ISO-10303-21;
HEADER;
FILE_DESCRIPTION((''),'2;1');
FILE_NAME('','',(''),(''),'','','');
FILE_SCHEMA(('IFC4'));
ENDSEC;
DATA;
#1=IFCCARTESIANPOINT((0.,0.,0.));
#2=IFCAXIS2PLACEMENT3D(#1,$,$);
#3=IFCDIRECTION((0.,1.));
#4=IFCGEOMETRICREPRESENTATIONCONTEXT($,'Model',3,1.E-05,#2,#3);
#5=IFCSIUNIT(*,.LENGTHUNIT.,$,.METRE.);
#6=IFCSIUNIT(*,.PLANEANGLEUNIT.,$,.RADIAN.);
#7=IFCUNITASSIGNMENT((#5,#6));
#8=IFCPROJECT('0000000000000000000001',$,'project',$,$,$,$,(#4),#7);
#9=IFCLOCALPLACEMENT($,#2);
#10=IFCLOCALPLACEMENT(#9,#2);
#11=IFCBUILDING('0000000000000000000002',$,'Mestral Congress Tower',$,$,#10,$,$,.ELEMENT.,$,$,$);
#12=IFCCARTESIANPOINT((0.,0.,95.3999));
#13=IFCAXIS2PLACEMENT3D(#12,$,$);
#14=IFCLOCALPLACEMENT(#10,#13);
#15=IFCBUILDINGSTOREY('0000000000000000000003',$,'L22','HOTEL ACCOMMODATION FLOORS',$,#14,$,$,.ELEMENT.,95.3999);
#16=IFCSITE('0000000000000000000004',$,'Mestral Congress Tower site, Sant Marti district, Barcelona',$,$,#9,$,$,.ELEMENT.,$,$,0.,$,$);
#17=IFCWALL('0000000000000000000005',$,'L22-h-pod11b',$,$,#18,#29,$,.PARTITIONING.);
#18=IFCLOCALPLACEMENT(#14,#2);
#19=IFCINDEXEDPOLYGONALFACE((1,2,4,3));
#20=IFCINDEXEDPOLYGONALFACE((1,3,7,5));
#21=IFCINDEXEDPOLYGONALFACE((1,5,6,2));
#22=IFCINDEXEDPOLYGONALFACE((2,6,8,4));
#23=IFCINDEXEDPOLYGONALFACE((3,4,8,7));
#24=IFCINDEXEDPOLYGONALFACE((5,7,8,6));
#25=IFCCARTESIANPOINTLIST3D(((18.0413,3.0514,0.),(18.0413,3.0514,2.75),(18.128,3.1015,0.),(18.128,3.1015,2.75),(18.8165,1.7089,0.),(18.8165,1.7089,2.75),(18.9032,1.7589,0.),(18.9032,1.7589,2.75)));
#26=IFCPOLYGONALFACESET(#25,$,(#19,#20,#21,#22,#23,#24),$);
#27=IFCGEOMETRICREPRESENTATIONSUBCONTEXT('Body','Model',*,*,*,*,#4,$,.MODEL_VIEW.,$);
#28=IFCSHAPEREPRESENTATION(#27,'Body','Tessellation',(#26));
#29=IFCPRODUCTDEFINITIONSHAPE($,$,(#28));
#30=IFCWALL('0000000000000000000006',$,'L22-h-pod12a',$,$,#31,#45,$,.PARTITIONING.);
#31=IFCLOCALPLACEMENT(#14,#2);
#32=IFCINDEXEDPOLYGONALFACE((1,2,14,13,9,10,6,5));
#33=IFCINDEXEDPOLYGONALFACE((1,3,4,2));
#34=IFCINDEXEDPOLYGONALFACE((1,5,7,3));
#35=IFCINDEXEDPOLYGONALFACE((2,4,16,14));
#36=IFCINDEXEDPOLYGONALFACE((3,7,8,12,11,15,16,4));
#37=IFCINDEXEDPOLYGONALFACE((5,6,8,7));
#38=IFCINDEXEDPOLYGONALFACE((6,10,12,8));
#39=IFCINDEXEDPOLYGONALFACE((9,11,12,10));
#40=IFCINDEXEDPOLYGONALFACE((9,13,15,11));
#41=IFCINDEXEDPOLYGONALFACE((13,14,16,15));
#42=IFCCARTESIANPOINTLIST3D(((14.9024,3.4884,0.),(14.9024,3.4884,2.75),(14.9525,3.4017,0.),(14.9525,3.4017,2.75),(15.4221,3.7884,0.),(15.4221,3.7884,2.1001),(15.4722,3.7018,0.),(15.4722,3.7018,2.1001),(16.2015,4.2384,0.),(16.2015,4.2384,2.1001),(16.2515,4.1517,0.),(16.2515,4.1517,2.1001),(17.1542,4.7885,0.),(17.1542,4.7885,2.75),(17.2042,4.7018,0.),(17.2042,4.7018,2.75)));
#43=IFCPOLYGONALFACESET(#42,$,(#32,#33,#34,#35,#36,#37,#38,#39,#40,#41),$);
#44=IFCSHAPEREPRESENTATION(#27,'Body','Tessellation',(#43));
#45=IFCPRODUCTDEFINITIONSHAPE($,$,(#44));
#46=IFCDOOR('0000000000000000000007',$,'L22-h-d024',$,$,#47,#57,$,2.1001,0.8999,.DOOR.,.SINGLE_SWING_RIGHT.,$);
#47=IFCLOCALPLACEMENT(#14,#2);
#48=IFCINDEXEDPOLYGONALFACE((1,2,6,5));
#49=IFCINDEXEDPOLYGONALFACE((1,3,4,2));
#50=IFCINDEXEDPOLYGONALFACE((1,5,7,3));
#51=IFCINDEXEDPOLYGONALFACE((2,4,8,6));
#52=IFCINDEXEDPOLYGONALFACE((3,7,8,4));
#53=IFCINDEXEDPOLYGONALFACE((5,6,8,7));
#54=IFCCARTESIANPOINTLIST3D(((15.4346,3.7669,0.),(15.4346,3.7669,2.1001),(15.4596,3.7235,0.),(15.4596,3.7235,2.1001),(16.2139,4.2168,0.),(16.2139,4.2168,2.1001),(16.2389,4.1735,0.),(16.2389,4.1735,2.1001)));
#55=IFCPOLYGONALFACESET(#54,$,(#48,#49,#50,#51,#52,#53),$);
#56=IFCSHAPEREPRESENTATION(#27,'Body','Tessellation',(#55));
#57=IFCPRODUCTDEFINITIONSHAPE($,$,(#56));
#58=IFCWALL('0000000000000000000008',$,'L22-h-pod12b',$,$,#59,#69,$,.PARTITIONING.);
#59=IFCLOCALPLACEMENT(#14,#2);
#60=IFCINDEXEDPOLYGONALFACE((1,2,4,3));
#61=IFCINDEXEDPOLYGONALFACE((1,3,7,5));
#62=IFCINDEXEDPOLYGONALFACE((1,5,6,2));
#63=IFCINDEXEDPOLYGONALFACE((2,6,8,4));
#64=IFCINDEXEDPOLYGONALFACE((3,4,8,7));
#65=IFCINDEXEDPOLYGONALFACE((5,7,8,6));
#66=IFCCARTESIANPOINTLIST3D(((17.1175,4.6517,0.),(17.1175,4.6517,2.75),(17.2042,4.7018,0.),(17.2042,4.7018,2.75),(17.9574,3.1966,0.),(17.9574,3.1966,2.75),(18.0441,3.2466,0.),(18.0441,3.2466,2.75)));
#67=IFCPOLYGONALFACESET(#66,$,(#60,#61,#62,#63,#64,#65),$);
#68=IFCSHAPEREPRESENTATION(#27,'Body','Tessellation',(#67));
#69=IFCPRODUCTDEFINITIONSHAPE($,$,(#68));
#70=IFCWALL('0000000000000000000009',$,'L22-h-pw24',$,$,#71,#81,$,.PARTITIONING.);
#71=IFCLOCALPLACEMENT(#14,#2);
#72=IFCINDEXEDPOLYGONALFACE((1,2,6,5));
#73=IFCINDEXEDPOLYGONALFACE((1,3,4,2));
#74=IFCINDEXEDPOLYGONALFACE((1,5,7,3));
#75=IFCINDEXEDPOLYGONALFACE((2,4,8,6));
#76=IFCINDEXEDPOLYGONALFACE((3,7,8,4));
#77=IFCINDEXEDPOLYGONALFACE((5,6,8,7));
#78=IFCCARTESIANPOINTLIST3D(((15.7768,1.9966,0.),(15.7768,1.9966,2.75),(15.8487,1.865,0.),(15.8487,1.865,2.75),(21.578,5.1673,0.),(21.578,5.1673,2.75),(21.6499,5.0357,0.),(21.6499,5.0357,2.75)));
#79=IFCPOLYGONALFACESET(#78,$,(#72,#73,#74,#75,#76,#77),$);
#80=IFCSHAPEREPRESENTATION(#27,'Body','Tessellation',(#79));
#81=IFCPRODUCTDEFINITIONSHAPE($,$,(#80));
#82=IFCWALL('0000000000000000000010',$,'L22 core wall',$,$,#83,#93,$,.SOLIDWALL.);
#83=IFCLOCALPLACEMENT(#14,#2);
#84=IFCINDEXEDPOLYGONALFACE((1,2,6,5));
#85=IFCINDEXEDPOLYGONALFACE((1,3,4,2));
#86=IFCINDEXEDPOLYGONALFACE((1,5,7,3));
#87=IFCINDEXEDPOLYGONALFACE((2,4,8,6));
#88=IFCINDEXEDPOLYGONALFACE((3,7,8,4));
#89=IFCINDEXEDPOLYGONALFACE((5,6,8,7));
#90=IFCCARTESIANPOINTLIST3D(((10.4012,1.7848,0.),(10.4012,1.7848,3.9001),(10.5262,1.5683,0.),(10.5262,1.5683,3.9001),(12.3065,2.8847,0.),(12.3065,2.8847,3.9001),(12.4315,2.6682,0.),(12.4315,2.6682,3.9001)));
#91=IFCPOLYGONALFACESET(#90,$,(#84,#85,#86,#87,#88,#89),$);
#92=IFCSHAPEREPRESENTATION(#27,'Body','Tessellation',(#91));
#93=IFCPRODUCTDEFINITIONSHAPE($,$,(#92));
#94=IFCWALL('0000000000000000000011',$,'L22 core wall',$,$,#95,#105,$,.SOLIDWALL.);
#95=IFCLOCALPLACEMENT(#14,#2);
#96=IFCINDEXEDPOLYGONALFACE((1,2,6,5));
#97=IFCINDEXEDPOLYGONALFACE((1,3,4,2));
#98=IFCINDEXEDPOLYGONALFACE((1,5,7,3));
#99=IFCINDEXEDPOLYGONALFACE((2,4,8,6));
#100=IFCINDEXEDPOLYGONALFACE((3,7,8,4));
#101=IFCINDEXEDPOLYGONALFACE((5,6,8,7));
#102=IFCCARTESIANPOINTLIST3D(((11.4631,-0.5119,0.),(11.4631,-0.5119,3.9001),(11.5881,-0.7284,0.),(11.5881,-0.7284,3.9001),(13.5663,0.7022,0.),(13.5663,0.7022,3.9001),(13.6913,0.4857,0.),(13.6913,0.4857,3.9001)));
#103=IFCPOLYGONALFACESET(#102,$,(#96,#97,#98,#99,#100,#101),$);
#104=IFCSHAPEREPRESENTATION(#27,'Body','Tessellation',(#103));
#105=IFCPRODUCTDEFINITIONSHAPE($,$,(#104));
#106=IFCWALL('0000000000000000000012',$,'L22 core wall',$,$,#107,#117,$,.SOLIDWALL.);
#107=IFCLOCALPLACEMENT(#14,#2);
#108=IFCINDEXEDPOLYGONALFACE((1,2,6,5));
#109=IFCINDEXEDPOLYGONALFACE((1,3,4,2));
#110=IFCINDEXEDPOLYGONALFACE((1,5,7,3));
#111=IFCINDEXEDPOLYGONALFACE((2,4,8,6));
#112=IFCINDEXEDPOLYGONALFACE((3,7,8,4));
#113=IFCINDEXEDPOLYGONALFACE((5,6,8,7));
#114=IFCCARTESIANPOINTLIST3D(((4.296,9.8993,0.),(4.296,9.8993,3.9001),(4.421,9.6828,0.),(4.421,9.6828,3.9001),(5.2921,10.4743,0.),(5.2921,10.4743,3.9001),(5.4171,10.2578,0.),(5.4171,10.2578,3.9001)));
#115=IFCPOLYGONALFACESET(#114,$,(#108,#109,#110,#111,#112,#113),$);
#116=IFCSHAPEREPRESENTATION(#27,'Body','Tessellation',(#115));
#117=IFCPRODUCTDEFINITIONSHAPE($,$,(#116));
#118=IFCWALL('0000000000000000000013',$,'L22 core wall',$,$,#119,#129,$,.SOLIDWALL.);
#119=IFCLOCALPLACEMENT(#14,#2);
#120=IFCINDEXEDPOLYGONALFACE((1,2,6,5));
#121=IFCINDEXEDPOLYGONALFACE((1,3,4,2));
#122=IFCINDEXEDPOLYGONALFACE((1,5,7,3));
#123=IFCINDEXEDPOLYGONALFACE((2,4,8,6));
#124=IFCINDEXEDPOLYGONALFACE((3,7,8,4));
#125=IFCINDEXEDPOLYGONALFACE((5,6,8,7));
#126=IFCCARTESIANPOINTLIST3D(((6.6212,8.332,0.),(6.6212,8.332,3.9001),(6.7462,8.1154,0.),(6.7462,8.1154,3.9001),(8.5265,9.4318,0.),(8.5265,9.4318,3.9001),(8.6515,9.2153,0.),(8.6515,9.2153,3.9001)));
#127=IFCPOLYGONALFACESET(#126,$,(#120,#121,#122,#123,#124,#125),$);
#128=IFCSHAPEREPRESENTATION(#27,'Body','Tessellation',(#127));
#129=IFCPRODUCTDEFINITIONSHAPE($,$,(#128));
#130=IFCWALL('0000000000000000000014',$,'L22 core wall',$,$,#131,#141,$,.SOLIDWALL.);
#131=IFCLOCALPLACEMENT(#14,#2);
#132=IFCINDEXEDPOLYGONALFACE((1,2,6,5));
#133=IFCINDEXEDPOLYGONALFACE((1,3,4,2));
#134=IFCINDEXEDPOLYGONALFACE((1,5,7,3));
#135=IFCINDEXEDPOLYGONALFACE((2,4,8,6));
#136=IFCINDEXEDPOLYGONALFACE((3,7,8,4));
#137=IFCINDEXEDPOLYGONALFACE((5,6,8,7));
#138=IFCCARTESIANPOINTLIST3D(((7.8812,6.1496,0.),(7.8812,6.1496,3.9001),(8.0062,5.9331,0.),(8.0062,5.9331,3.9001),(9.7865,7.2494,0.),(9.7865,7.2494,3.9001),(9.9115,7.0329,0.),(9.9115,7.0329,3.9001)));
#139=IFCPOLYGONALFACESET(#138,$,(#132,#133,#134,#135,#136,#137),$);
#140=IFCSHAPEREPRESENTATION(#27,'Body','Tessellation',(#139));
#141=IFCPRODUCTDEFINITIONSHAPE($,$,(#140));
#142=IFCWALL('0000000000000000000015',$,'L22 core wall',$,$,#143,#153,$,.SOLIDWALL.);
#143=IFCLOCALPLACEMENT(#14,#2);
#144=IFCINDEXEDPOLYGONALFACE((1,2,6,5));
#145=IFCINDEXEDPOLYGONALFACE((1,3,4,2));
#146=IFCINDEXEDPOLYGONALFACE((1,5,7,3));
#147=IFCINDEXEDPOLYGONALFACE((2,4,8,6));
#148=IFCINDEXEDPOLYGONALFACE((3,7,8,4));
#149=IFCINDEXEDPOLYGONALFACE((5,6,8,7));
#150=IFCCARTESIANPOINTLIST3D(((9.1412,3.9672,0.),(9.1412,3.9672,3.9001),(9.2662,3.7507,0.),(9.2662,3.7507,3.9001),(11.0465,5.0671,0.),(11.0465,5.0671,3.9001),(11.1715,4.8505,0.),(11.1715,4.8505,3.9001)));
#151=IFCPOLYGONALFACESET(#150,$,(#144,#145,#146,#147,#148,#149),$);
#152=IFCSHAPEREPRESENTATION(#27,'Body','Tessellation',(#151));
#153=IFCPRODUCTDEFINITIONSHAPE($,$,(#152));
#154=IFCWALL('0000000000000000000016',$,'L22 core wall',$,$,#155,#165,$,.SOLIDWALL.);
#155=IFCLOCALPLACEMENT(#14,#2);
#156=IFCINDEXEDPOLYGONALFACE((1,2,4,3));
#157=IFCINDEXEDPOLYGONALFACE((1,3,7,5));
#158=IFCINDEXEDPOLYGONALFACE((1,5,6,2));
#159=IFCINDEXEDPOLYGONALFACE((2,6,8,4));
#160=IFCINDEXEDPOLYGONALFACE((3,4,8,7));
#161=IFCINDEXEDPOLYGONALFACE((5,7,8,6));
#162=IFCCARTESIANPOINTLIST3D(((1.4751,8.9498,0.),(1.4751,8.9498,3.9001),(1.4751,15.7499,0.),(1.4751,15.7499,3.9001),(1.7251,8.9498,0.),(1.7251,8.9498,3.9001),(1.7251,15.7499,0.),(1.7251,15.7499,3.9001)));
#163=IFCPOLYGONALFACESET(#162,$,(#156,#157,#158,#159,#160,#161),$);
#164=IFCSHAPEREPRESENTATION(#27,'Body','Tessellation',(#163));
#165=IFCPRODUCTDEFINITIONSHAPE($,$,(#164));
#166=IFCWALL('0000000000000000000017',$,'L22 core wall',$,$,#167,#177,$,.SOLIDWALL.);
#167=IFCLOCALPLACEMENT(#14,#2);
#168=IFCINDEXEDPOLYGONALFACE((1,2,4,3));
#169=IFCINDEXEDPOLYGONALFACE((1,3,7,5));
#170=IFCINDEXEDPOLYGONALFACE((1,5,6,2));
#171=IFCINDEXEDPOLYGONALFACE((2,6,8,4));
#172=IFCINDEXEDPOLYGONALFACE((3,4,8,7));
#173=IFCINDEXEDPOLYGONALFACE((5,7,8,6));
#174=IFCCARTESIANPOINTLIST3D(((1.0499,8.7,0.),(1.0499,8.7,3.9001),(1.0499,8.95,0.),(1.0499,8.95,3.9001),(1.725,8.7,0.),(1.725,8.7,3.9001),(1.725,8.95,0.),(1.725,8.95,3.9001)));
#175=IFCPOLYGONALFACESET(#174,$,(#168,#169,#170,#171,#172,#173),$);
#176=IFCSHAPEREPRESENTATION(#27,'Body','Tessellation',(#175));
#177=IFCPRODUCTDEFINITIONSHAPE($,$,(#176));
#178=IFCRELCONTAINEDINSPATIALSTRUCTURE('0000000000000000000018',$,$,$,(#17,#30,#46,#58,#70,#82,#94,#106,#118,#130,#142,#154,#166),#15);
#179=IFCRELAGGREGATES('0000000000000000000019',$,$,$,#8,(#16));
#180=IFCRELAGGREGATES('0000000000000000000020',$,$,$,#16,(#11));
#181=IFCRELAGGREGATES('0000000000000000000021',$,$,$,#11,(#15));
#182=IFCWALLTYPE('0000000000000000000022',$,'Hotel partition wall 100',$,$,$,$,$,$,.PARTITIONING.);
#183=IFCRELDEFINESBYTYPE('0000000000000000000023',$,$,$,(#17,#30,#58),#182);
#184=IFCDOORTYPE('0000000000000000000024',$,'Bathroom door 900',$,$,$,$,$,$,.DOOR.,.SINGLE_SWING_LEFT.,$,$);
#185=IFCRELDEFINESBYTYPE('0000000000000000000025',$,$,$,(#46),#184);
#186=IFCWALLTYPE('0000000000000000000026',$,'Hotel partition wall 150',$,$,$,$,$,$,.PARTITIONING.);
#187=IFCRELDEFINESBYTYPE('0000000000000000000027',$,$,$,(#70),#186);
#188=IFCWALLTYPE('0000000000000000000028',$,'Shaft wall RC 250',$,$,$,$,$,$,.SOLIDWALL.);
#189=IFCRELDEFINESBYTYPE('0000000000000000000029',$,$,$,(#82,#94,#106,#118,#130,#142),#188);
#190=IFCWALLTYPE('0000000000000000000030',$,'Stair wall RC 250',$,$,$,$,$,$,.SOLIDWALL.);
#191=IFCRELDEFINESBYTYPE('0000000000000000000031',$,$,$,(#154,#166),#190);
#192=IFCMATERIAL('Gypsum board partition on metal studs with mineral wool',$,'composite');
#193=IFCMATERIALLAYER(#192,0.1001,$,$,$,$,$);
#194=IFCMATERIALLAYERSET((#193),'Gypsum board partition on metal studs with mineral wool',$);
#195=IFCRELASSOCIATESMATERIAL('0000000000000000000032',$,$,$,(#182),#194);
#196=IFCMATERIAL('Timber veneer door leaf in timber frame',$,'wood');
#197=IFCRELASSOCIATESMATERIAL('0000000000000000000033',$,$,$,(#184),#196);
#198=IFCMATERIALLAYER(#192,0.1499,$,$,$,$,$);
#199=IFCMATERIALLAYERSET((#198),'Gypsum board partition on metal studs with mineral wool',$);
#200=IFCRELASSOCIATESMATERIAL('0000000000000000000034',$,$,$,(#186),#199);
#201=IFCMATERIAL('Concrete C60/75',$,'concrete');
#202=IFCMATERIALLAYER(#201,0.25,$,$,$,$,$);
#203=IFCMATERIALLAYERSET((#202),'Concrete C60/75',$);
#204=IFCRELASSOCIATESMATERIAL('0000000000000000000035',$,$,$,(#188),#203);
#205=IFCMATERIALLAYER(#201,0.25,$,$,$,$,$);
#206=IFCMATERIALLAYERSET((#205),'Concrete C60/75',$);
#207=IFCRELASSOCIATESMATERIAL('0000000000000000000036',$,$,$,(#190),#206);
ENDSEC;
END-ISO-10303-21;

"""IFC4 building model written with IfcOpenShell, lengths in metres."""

from ifc_helpers import new_model, si_unit, direction, frame, frame_2d, origin, place, context, subcontext, project, spatial, rectangle, extrude, material, layer, layer_set, type_object, element, fill, save


model = new_model("IFC4")

# Units and contexts
model_context = context("Model", 3, precision=1e-05, world=origin(), true_north=direction((0.0, 1.0)))
body_context = subcontext(model_context, "Body", "Model", "MODEL_VIEW")
ifc_project = project(units=[si_unit("LENGTHUNIT", "METRE"), si_unit("PLANEANGLEUNIT", "RADIAN")], contexts=[model_context])

# Site, building, storey
site_placement = place(None, origin())
site = spatial("IfcSite", under=ifc_project, at=site_placement, Name="Mestral Congress Tower site, Sant Marti district, Barcelona", CompositionType="ELEMENT", RefElevation=0.0)
building_placement = place(site_placement, origin())
building = spatial("IfcBuilding", under=site, at=building_placement, Name="Mestral Congress Tower", CompositionType="ELEMENT")
storey_placement = place(building_placement, frame((0.0, 0.0, 95.3999)))
storey = spatial("IfcBuildingStorey", under=building, at=storey_placement, Name="L22", Description="HOTEL ACCOMMODATION FLOORS", CompositionType="ELEMENT", Elevation=95.3999)

# Shared definitions
ifc_material_1 = material(Name="Gypsum board partition on metal studs with mineral wool", Category="composite")
ifc_layer_1 = layer(ifc_material_1, 0.1001)
ifc_layer_set_1 = layer_set([ifc_layer_1], Name="Gypsum board partition on metal studs with mineral wool")
wall_type_1 = type_object("IfcWallType", Name="Hotel partition wall 100", PredefinedType="PARTITIONING", material=ifc_layer_set_1)
ifc_material_2 = material(Name="Timber veneer door leaf in timber frame", Category="wood")
door_type_1 = type_object("IfcDoorType", Name="Bathroom door 900", OperationType="SINGLE_SWING_LEFT", PredefinedType="DOOR", material=ifc_material_2)

# Wall
wall_1_placement = place(storey_placement, frame((18.8599, 1.7339, 0.0), z_axis=(0.0, 0.0, 1.0), x_axis=(-0.500018, 0.866015, 0.0)))
element("IfcWall", 1, at=wall_1_placement, inside=storey, type_object=wall_type_1, Name="L22-h-pod11b", PredefinedType="PARTITIONING", context=body_context, shape_type="SweptSolid", body=[
    extrude(rectangle(XDim=1.5503, YDim=0.1001, at=frame_2d((0.7751, 0.0))), origin(), (0.0, 0.0, 1.0), 2.75),
])

# Wall, opening, door
wall_2_placement = place(storey_placement, frame((17.1792, 4.7451, 0.0), z_axis=(0.0, 0.0, 1.0), x_axis=(-0.866021, -0.500007, 0.0)))
wall_2 = element("IfcWall", 2, at=wall_2_placement, inside=storey, type_object=wall_type_1, Name="L22-h-pod12a", PredefinedType="PARTITIONING", context=body_context, shape_type="SweptSolid", body=[
    extrude(rectangle(XDim=2.6001, YDim=0.1001, at=frame_2d((1.3, 0.0))), origin(), (0.0, 0.0, 1.0), 2.75),
])
opening_1_placement = place(wall_2_placement, frame((1.1001, 0.0, 0.0)))
opening_1 = element("IfcOpeningElement", 3, at=opening_1_placement, cuts=wall_2, PredefinedType="OPENING", context=body_context, shape_type="SweptSolid", body=[
    extrude(rectangle(XDim=0.8999, YDim=2.1001, at=frame_2d((0.45, 1.05))), frame((0.0, 0.0601, 0.0), z_axis=(0.0, -1.0, 0.0), x_axis=(1.0, 0.0, 0.0)), (0.0, 0.0, 1.0), 0.1201),
])
door_1_placement = place(opening_1_placement, origin())
door_1 = element("IfcDoor", 4, at=door_1_placement, inside=storey, type_object=door_type_1, Name="L22-h-d024", OperationType="SINGLE_SWING_RIGHT", OverallHeight=2.1001, OverallWidth=0.8999, PredefinedType="DOOR", context=body_context, shape_type="SweptSolid", body=[
    extrude(rectangle(XDim=0.8999, YDim=2.1001, at=frame_2d((0.45, 1.05))), frame((0.0, 0.0249, 0.0), z_axis=(0.0, -1.0, 0.0), x_axis=(1.0, 0.0, 0.0)), (0.0, 0.0, 1.0), 0.05),
])
fill(opening_1, door_1)

# Walls
wall_3_placement = place(storey_placement, frame((17.1609, 4.6768, 0.0), z_axis=(0.0, 0.0, 1.0), x_axis=(0.49989, -0.866089, 0.0)))
element("IfcWall", 5, at=wall_3_placement, inside=storey, type_object=wall_type_1, Name="L22-h-pod12b", PredefinedType="PARTITIONING", context=body_context, shape_type="SweptSolid", body=[
    extrude(rectangle(XDim=1.6802, YDim=0.1001, at=frame_2d((0.8401, 0.0))), origin(), (0.0, 0.0, 1.0), 2.75),
])
ifc_layer_2 = layer(ifc_material_1, 0.1499)
ifc_layer_set_2 = layer_set([ifc_layer_2], Name="Gypsum board partition on metal studs with mineral wool")
wall_type_2 = type_object("IfcWallType", Name="Hotel partition wall 150", PredefinedType="PARTITIONING", material=ifc_layer_set_2)
wall_4_placement = place(storey_placement, frame((21.614, 5.1016, 0.0), z_axis=(0.0, 0.0, 1.0), x_axis=(-0.877485, -0.479605, 0.0)))
element("IfcWall", 6, at=wall_4_placement, inside=storey, type_object=wall_type_2, Name="L22-h-pw24", PredefinedType="PARTITIONING", context=body_context, shape_type="SweptSolid", body=[
    extrude(rectangle(XDim=6.6111, YDim=0.1499, at=frame_2d((3.3057, 0.0))), origin(), (0.0, 0.0, 1.0), 2.75),
])
ifc_material_3 = material(Name="Concrete C60/75", Category="concrete")
ifc_layer_3 = layer(ifc_material_3, 0.25)
ifc_layer_set_3 = layer_set([ifc_layer_3], Name="Concrete C60/75")
wall_type_3 = type_object("IfcWallType", Name="Shaft wall RC 250", PredefinedType="SOLIDWALL", material=ifc_layer_set_3)
wall_5_placement = place(storey_placement, frame((10.4636, 1.6765, 0.0), z_axis=(0.0, 0.0, 1.0), x_axis=(0.866056, 0.499947, 0.0)))
element("IfcWall", 7, at=wall_5_placement, inside=storey, type_object=wall_type_3, Name="L22 core wall", PredefinedType="SOLIDWALL", context=body_context, shape_type="SweptSolid", body=[
    extrude(rectangle(XDim=2.2, YDim=0.25, at=frame_2d((1.1001, 0.0))), origin(), (0.0, 0.0, 1.0), 3.9001),
])
wall_6_placement = place(storey_placement, frame((13.6289, 0.594, 0.0), z_axis=(0.0, 0.0, 1.0), x_axis=(-0.866063, -0.499934, 0.0)))
element("IfcWall", 8, at=wall_6_placement, inside=storey, type_object=wall_type_3, Name="L22 core wall", PredefinedType="SOLIDWALL", context=body_context, shape_type="SweptSolid", body=[
    extrude(rectangle(XDim=2.4285, YDim=0.25, at=frame_2d((1.2144, 0.0))), origin(), (0.0, 0.0, 1.0), 3.9001),
])
wall_7_placement = place(storey_placement, frame((4.3584, 9.791, 0.0), z_axis=(0.0, 0.0, 1.0), x_axis=(0.86608, 0.499906, 0.0)))
element("IfcWall", 9, at=wall_7_placement, inside=storey, type_object=wall_type_3, Name="L22 core wall", PredefinedType="SOLIDWALL", context=body_context, shape_type="SweptSolid", body=[
    extrude(rectangle(XDim=1.1501, YDim=0.25, at=frame_2d((0.5752, 0.0))), origin(), (0.0, 0.0, 1.0), 3.9001),
])
for number, where, z_axis, x_axis, name in (
    (10, (6.6836, 8.2236, 0.0), (0.0, 0.0, 1.0), (0.866056, 0.499947, 0.0), "L22 core wall"),
    (11, (7.9436, 6.0413, 0.0), (0.0, 0.0, 1.0), (0.866056, 0.499947, 0.0), "L22 core wall"),
    (12, (9.2036, 3.8589, 0.0), (0.0, 0.0, 1.0), (0.866056, 0.499947, 0.0), "L22 core wall"),
):
    element("IfcWall", number, at=place(storey_placement, frame(where, z_axis=z_axis, x_axis=x_axis)), inside=storey, type_object=wall_type_3, Name=name, PredefinedType="SOLIDWALL", context=body_context, shape_type="SweptSolid", body=[
        extrude(rectangle(XDim=2.2, YDim=0.25, at=frame_2d((1.1001, 0.0))), origin(), (0.0, 0.0, 1.0), 3.9001),
    ])
ifc_layer_4 = layer(ifc_material_3, 0.25)
ifc_layer_set_4 = layer_set([ifc_layer_4], Name="Concrete C60/75")
wall_type_4 = type_object("IfcWallType", Name="Stair wall RC 250", PredefinedType="SOLIDWALL", material=ifc_layer_set_4)
wall_8_placement = place(storey_placement, frame((1.6001, 8.95, 0.0), z_axis=(0.0, 0.0, 1.0), x_axis=(0.0, 1.0, 0.0)))
element("IfcWall", 13, at=wall_8_placement, inside=storey, type_object=wall_type_4, Name="L22 core wall", PredefinedType="SOLIDWALL", context=body_context, shape_type="SweptSolid", body=[
    extrude(rectangle(XDim=6.8, YDim=0.25, at=frame_2d((3.3999, 0.0))), origin(), (0.0, 0.0, 1.0), 3.9001),
])
wall_9_placement = place(storey_placement, frame((1.05, 8.825, 0.0), z_axis=(0.0, 0.0, 1.0), x_axis=(1.0, 0.0, 0.0)))
element("IfcWall", 14, at=wall_9_placement, inside=storey, type_object=wall_type_4, Name="L22 core wall", PredefinedType="SOLIDWALL", context=body_context, shape_type="SweptSolid", body=[
    extrude(rectangle(XDim=0.675, YDim=0.25, at=frame_2d((0.3374, 0.0))), origin(), (0.0, 0.0, 1.0), 3.9001),
])

save(model, "model.ifc")
